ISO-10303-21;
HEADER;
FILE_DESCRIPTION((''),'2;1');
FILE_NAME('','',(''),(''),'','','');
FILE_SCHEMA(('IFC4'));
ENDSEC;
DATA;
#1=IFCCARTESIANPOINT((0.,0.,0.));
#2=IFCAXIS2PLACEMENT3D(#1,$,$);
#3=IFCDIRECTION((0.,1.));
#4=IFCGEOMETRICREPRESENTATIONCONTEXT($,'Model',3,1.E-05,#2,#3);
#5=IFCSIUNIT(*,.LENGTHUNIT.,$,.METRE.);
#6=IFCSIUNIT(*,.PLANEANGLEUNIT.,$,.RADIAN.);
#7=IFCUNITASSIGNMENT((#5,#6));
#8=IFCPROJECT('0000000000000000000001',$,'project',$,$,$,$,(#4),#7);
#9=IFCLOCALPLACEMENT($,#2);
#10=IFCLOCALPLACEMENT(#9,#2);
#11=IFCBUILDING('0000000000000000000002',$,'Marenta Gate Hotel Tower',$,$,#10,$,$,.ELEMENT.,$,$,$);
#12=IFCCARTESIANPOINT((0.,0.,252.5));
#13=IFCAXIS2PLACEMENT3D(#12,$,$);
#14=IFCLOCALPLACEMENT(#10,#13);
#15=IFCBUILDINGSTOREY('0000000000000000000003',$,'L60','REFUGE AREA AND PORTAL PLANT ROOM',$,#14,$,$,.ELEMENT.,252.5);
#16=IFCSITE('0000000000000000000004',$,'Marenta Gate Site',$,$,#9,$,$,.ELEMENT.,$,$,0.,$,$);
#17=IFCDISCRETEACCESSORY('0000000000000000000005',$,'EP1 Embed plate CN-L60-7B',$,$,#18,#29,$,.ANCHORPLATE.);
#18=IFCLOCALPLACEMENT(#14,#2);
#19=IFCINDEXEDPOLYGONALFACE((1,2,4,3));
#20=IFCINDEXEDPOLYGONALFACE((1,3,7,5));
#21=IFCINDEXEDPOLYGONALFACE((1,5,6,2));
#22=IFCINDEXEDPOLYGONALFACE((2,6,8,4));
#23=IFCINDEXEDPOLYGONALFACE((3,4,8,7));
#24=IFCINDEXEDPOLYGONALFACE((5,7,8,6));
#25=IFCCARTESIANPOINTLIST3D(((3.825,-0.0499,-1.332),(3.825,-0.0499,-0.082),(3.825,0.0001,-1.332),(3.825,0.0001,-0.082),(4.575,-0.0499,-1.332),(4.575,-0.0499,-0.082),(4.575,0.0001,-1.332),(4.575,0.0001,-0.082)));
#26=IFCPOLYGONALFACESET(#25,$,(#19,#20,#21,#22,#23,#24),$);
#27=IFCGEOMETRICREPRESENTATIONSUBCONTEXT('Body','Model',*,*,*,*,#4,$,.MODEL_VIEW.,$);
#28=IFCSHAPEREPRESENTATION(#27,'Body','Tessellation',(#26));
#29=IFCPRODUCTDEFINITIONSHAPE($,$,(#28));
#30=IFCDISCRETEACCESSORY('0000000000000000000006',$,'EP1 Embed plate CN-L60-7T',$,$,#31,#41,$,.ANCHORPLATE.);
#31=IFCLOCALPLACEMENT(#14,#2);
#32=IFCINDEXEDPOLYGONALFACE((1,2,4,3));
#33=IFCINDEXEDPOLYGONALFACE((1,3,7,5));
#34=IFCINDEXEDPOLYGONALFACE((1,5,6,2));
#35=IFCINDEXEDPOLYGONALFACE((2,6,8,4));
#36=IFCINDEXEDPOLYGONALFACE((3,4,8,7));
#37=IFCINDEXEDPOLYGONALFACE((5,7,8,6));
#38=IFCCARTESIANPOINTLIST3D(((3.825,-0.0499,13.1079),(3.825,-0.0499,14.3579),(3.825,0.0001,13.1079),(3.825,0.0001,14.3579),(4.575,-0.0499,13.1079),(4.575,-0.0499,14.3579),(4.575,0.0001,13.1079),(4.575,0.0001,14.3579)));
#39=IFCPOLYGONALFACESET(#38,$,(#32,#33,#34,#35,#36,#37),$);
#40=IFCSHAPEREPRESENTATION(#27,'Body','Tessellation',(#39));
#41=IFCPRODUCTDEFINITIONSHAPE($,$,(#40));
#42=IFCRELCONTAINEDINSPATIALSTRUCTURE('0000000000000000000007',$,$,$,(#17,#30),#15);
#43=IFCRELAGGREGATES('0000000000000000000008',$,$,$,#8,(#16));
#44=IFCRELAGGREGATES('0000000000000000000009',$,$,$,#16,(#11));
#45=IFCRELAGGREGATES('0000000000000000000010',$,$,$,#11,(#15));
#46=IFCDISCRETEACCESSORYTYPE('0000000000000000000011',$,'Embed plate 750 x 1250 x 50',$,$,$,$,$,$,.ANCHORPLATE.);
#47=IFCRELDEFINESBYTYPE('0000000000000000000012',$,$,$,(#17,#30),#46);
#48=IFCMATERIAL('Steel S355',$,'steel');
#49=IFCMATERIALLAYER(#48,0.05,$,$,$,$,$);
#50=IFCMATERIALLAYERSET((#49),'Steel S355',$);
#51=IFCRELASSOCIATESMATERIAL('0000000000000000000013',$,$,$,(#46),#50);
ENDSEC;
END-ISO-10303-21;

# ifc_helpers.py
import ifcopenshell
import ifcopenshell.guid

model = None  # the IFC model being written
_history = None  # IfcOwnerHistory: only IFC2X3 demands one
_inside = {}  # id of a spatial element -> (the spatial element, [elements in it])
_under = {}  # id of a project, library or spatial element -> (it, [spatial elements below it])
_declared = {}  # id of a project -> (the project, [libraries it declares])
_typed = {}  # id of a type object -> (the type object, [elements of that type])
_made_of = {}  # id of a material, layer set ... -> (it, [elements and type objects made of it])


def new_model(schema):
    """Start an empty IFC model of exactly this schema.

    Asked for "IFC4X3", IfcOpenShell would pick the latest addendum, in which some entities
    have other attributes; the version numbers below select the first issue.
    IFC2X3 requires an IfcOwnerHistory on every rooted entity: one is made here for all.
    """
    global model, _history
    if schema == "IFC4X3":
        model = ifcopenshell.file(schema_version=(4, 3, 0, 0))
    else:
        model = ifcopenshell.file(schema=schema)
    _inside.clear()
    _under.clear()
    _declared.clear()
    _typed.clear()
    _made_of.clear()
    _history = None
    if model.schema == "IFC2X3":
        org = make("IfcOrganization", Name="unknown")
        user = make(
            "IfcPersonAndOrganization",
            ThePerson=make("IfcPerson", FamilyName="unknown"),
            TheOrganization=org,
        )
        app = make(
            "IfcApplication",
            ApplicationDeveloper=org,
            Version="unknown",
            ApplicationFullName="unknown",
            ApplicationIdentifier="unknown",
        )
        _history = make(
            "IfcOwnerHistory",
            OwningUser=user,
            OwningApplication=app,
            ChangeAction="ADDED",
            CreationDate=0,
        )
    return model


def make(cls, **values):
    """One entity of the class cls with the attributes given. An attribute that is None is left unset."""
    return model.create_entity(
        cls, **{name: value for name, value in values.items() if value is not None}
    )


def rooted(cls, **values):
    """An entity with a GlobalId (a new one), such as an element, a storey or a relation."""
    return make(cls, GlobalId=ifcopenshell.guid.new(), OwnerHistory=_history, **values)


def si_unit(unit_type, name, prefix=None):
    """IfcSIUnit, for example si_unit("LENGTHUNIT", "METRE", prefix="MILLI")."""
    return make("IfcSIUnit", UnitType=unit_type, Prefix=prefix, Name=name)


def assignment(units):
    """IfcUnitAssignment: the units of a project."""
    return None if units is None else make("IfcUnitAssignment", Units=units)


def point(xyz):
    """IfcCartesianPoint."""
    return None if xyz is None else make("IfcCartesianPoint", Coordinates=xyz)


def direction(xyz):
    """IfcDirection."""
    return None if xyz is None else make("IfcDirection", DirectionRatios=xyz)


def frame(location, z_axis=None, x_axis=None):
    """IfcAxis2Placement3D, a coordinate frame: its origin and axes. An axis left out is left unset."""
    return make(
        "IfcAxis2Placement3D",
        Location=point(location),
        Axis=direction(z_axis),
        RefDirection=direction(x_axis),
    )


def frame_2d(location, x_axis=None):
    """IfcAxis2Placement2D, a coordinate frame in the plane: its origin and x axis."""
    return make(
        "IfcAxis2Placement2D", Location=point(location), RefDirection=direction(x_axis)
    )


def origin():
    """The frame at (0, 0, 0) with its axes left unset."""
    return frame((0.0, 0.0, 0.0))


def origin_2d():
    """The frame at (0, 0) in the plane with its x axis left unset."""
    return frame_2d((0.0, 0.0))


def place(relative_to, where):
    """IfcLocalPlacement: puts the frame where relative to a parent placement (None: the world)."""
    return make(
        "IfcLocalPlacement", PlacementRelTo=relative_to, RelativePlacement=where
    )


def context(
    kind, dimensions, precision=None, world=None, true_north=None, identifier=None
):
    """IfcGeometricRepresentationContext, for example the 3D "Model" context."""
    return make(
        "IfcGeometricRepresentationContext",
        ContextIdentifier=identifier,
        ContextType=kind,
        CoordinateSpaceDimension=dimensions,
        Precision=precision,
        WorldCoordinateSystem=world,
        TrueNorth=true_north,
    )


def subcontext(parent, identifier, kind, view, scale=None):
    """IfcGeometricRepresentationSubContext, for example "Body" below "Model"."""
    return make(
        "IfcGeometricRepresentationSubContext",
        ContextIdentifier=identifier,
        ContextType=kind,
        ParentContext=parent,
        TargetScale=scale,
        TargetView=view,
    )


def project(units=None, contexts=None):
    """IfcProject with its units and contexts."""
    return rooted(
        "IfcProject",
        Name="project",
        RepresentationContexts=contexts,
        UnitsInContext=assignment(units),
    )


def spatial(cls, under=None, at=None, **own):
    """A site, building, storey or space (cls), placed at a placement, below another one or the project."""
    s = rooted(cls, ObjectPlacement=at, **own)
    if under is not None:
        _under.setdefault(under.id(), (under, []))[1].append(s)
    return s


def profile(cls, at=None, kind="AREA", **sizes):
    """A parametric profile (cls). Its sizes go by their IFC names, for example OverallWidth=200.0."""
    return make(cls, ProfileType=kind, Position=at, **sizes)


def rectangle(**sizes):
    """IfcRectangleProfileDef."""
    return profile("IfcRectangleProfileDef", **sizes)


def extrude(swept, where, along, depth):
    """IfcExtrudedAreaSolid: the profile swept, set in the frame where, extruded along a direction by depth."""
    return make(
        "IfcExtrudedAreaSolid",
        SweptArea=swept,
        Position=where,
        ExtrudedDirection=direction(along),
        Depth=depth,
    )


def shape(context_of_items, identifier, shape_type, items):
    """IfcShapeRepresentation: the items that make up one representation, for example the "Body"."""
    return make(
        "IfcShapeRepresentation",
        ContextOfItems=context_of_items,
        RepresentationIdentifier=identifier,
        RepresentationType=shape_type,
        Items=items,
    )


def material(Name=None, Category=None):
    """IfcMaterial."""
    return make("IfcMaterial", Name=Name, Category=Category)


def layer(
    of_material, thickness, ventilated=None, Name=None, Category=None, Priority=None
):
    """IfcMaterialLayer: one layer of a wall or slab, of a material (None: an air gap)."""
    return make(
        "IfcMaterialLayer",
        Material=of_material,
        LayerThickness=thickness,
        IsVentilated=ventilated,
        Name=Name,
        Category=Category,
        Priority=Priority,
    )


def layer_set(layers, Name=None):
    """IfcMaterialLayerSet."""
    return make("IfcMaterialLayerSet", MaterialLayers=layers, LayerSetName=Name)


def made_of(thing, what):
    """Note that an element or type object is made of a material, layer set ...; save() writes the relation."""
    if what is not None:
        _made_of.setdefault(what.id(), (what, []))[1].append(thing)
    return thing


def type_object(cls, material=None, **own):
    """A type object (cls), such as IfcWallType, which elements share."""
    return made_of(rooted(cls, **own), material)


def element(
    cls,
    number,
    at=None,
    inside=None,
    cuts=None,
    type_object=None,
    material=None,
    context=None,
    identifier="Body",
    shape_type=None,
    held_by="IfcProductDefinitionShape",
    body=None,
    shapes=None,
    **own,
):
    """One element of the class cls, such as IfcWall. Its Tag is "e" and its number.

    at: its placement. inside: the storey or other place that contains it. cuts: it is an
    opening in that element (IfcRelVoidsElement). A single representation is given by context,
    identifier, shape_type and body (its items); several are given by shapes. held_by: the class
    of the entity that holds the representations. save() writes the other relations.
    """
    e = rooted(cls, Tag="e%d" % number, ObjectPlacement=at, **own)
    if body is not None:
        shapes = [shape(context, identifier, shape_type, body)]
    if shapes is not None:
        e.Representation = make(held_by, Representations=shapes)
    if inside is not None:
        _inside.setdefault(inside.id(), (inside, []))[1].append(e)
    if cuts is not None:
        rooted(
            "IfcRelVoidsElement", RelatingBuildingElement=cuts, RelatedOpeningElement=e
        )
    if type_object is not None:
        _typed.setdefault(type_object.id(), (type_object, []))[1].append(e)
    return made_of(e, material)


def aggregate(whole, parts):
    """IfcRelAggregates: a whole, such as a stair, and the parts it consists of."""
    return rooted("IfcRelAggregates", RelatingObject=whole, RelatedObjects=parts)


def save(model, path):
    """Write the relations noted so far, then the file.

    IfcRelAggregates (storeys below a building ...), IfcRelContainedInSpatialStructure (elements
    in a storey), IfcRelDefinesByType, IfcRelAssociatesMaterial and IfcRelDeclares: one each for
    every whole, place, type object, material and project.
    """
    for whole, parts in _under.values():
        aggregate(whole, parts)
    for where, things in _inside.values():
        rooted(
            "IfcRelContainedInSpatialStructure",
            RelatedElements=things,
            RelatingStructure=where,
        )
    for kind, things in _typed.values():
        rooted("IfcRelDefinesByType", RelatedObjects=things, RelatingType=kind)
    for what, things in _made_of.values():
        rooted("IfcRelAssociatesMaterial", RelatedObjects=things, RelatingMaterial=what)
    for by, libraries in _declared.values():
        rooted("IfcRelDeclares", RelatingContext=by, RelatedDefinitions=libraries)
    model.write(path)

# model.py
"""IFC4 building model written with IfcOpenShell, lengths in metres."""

from ifc_helpers import new_model, si_unit, direction, frame, origin, origin_2d, place, context, subcontext, project, spatial, rectangle, extrude, material, layer, layer_set, type_object, element, save


model = new_model("IFC4")

# Units and contexts
model_context = context("Model", 3, precision=1e-05, world=origin(), true_north=direction((0.0, 1.0)))
body_context = subcontext(model_context, "Body", "Model", "MODEL_VIEW")
ifc_project = project(units=[si_unit("LENGTHUNIT", "METRE"), si_unit("PLANEANGLEUNIT", "RADIAN")], contexts=[model_context])

# Site, building, storey
site_placement = place(None, origin())
site = spatial("IfcSite", under=ifc_project, at=site_placement, Name="Marenta Gate Site", CompositionType="ELEMENT", RefElevation=0.0)
building_placement = place(site_placement, origin())
building = spatial("IfcBuilding", under=site, at=building_placement, Name="Marenta Gate Hotel Tower", CompositionType="ELEMENT")
storey_placement = place(building_placement, frame((0.0, 0.0, 252.5)))
storey = spatial("IfcBuildingStorey", under=building, at=storey_placement, Name="L60", Description="REFUGE AREA AND PORTAL PLANT ROOM", CompositionType="ELEMENT", Elevation=252.5)

# Discrete accessories
ifc_material_1 = material(Name="Steel S355", Category="steel")
ifc_layer_1 = layer(ifc_material_1, 0.05)
ifc_layer_set_1 = layer_set([ifc_layer_1], Name="Steel S355")
discrete_accessory_type = type_object("IfcDiscreteAccessoryType", Name="Embed plate 750 x 1250 x 50", PredefinedType="ANCHORPLATE", material=ifc_layer_set_1)
for number, where, z_axis, x_axis, name in (
    (1, (4.2, -0.0249, -1.332), (0.0, 0.0, 1.0), (1.0, 0.0, 0.0), "EP1 Embed plate CN-L60-7B"),
    (2, (4.2, -0.0249, 13.1079), (0.0, 0.0, 1.0), (1.0, 0.0, 0.0), "EP1 Embed plate CN-L60-7T"),
):
    element("IfcDiscreteAccessory", number, at=place(storey_placement, frame(where, z_axis=z_axis, x_axis=x_axis)), inside=storey, type_object=discrete_accessory_type, Name=name, PredefinedType="ANCHORPLATE", context=body_context, shape_type="SweptSolid", body=[
        extrude(rectangle(XDim=0.75, YDim=0.05, at=origin_2d()), origin(), (0.0, 0.0, 1.0), 1.25),
    ])

save(model, "model.ifc")
